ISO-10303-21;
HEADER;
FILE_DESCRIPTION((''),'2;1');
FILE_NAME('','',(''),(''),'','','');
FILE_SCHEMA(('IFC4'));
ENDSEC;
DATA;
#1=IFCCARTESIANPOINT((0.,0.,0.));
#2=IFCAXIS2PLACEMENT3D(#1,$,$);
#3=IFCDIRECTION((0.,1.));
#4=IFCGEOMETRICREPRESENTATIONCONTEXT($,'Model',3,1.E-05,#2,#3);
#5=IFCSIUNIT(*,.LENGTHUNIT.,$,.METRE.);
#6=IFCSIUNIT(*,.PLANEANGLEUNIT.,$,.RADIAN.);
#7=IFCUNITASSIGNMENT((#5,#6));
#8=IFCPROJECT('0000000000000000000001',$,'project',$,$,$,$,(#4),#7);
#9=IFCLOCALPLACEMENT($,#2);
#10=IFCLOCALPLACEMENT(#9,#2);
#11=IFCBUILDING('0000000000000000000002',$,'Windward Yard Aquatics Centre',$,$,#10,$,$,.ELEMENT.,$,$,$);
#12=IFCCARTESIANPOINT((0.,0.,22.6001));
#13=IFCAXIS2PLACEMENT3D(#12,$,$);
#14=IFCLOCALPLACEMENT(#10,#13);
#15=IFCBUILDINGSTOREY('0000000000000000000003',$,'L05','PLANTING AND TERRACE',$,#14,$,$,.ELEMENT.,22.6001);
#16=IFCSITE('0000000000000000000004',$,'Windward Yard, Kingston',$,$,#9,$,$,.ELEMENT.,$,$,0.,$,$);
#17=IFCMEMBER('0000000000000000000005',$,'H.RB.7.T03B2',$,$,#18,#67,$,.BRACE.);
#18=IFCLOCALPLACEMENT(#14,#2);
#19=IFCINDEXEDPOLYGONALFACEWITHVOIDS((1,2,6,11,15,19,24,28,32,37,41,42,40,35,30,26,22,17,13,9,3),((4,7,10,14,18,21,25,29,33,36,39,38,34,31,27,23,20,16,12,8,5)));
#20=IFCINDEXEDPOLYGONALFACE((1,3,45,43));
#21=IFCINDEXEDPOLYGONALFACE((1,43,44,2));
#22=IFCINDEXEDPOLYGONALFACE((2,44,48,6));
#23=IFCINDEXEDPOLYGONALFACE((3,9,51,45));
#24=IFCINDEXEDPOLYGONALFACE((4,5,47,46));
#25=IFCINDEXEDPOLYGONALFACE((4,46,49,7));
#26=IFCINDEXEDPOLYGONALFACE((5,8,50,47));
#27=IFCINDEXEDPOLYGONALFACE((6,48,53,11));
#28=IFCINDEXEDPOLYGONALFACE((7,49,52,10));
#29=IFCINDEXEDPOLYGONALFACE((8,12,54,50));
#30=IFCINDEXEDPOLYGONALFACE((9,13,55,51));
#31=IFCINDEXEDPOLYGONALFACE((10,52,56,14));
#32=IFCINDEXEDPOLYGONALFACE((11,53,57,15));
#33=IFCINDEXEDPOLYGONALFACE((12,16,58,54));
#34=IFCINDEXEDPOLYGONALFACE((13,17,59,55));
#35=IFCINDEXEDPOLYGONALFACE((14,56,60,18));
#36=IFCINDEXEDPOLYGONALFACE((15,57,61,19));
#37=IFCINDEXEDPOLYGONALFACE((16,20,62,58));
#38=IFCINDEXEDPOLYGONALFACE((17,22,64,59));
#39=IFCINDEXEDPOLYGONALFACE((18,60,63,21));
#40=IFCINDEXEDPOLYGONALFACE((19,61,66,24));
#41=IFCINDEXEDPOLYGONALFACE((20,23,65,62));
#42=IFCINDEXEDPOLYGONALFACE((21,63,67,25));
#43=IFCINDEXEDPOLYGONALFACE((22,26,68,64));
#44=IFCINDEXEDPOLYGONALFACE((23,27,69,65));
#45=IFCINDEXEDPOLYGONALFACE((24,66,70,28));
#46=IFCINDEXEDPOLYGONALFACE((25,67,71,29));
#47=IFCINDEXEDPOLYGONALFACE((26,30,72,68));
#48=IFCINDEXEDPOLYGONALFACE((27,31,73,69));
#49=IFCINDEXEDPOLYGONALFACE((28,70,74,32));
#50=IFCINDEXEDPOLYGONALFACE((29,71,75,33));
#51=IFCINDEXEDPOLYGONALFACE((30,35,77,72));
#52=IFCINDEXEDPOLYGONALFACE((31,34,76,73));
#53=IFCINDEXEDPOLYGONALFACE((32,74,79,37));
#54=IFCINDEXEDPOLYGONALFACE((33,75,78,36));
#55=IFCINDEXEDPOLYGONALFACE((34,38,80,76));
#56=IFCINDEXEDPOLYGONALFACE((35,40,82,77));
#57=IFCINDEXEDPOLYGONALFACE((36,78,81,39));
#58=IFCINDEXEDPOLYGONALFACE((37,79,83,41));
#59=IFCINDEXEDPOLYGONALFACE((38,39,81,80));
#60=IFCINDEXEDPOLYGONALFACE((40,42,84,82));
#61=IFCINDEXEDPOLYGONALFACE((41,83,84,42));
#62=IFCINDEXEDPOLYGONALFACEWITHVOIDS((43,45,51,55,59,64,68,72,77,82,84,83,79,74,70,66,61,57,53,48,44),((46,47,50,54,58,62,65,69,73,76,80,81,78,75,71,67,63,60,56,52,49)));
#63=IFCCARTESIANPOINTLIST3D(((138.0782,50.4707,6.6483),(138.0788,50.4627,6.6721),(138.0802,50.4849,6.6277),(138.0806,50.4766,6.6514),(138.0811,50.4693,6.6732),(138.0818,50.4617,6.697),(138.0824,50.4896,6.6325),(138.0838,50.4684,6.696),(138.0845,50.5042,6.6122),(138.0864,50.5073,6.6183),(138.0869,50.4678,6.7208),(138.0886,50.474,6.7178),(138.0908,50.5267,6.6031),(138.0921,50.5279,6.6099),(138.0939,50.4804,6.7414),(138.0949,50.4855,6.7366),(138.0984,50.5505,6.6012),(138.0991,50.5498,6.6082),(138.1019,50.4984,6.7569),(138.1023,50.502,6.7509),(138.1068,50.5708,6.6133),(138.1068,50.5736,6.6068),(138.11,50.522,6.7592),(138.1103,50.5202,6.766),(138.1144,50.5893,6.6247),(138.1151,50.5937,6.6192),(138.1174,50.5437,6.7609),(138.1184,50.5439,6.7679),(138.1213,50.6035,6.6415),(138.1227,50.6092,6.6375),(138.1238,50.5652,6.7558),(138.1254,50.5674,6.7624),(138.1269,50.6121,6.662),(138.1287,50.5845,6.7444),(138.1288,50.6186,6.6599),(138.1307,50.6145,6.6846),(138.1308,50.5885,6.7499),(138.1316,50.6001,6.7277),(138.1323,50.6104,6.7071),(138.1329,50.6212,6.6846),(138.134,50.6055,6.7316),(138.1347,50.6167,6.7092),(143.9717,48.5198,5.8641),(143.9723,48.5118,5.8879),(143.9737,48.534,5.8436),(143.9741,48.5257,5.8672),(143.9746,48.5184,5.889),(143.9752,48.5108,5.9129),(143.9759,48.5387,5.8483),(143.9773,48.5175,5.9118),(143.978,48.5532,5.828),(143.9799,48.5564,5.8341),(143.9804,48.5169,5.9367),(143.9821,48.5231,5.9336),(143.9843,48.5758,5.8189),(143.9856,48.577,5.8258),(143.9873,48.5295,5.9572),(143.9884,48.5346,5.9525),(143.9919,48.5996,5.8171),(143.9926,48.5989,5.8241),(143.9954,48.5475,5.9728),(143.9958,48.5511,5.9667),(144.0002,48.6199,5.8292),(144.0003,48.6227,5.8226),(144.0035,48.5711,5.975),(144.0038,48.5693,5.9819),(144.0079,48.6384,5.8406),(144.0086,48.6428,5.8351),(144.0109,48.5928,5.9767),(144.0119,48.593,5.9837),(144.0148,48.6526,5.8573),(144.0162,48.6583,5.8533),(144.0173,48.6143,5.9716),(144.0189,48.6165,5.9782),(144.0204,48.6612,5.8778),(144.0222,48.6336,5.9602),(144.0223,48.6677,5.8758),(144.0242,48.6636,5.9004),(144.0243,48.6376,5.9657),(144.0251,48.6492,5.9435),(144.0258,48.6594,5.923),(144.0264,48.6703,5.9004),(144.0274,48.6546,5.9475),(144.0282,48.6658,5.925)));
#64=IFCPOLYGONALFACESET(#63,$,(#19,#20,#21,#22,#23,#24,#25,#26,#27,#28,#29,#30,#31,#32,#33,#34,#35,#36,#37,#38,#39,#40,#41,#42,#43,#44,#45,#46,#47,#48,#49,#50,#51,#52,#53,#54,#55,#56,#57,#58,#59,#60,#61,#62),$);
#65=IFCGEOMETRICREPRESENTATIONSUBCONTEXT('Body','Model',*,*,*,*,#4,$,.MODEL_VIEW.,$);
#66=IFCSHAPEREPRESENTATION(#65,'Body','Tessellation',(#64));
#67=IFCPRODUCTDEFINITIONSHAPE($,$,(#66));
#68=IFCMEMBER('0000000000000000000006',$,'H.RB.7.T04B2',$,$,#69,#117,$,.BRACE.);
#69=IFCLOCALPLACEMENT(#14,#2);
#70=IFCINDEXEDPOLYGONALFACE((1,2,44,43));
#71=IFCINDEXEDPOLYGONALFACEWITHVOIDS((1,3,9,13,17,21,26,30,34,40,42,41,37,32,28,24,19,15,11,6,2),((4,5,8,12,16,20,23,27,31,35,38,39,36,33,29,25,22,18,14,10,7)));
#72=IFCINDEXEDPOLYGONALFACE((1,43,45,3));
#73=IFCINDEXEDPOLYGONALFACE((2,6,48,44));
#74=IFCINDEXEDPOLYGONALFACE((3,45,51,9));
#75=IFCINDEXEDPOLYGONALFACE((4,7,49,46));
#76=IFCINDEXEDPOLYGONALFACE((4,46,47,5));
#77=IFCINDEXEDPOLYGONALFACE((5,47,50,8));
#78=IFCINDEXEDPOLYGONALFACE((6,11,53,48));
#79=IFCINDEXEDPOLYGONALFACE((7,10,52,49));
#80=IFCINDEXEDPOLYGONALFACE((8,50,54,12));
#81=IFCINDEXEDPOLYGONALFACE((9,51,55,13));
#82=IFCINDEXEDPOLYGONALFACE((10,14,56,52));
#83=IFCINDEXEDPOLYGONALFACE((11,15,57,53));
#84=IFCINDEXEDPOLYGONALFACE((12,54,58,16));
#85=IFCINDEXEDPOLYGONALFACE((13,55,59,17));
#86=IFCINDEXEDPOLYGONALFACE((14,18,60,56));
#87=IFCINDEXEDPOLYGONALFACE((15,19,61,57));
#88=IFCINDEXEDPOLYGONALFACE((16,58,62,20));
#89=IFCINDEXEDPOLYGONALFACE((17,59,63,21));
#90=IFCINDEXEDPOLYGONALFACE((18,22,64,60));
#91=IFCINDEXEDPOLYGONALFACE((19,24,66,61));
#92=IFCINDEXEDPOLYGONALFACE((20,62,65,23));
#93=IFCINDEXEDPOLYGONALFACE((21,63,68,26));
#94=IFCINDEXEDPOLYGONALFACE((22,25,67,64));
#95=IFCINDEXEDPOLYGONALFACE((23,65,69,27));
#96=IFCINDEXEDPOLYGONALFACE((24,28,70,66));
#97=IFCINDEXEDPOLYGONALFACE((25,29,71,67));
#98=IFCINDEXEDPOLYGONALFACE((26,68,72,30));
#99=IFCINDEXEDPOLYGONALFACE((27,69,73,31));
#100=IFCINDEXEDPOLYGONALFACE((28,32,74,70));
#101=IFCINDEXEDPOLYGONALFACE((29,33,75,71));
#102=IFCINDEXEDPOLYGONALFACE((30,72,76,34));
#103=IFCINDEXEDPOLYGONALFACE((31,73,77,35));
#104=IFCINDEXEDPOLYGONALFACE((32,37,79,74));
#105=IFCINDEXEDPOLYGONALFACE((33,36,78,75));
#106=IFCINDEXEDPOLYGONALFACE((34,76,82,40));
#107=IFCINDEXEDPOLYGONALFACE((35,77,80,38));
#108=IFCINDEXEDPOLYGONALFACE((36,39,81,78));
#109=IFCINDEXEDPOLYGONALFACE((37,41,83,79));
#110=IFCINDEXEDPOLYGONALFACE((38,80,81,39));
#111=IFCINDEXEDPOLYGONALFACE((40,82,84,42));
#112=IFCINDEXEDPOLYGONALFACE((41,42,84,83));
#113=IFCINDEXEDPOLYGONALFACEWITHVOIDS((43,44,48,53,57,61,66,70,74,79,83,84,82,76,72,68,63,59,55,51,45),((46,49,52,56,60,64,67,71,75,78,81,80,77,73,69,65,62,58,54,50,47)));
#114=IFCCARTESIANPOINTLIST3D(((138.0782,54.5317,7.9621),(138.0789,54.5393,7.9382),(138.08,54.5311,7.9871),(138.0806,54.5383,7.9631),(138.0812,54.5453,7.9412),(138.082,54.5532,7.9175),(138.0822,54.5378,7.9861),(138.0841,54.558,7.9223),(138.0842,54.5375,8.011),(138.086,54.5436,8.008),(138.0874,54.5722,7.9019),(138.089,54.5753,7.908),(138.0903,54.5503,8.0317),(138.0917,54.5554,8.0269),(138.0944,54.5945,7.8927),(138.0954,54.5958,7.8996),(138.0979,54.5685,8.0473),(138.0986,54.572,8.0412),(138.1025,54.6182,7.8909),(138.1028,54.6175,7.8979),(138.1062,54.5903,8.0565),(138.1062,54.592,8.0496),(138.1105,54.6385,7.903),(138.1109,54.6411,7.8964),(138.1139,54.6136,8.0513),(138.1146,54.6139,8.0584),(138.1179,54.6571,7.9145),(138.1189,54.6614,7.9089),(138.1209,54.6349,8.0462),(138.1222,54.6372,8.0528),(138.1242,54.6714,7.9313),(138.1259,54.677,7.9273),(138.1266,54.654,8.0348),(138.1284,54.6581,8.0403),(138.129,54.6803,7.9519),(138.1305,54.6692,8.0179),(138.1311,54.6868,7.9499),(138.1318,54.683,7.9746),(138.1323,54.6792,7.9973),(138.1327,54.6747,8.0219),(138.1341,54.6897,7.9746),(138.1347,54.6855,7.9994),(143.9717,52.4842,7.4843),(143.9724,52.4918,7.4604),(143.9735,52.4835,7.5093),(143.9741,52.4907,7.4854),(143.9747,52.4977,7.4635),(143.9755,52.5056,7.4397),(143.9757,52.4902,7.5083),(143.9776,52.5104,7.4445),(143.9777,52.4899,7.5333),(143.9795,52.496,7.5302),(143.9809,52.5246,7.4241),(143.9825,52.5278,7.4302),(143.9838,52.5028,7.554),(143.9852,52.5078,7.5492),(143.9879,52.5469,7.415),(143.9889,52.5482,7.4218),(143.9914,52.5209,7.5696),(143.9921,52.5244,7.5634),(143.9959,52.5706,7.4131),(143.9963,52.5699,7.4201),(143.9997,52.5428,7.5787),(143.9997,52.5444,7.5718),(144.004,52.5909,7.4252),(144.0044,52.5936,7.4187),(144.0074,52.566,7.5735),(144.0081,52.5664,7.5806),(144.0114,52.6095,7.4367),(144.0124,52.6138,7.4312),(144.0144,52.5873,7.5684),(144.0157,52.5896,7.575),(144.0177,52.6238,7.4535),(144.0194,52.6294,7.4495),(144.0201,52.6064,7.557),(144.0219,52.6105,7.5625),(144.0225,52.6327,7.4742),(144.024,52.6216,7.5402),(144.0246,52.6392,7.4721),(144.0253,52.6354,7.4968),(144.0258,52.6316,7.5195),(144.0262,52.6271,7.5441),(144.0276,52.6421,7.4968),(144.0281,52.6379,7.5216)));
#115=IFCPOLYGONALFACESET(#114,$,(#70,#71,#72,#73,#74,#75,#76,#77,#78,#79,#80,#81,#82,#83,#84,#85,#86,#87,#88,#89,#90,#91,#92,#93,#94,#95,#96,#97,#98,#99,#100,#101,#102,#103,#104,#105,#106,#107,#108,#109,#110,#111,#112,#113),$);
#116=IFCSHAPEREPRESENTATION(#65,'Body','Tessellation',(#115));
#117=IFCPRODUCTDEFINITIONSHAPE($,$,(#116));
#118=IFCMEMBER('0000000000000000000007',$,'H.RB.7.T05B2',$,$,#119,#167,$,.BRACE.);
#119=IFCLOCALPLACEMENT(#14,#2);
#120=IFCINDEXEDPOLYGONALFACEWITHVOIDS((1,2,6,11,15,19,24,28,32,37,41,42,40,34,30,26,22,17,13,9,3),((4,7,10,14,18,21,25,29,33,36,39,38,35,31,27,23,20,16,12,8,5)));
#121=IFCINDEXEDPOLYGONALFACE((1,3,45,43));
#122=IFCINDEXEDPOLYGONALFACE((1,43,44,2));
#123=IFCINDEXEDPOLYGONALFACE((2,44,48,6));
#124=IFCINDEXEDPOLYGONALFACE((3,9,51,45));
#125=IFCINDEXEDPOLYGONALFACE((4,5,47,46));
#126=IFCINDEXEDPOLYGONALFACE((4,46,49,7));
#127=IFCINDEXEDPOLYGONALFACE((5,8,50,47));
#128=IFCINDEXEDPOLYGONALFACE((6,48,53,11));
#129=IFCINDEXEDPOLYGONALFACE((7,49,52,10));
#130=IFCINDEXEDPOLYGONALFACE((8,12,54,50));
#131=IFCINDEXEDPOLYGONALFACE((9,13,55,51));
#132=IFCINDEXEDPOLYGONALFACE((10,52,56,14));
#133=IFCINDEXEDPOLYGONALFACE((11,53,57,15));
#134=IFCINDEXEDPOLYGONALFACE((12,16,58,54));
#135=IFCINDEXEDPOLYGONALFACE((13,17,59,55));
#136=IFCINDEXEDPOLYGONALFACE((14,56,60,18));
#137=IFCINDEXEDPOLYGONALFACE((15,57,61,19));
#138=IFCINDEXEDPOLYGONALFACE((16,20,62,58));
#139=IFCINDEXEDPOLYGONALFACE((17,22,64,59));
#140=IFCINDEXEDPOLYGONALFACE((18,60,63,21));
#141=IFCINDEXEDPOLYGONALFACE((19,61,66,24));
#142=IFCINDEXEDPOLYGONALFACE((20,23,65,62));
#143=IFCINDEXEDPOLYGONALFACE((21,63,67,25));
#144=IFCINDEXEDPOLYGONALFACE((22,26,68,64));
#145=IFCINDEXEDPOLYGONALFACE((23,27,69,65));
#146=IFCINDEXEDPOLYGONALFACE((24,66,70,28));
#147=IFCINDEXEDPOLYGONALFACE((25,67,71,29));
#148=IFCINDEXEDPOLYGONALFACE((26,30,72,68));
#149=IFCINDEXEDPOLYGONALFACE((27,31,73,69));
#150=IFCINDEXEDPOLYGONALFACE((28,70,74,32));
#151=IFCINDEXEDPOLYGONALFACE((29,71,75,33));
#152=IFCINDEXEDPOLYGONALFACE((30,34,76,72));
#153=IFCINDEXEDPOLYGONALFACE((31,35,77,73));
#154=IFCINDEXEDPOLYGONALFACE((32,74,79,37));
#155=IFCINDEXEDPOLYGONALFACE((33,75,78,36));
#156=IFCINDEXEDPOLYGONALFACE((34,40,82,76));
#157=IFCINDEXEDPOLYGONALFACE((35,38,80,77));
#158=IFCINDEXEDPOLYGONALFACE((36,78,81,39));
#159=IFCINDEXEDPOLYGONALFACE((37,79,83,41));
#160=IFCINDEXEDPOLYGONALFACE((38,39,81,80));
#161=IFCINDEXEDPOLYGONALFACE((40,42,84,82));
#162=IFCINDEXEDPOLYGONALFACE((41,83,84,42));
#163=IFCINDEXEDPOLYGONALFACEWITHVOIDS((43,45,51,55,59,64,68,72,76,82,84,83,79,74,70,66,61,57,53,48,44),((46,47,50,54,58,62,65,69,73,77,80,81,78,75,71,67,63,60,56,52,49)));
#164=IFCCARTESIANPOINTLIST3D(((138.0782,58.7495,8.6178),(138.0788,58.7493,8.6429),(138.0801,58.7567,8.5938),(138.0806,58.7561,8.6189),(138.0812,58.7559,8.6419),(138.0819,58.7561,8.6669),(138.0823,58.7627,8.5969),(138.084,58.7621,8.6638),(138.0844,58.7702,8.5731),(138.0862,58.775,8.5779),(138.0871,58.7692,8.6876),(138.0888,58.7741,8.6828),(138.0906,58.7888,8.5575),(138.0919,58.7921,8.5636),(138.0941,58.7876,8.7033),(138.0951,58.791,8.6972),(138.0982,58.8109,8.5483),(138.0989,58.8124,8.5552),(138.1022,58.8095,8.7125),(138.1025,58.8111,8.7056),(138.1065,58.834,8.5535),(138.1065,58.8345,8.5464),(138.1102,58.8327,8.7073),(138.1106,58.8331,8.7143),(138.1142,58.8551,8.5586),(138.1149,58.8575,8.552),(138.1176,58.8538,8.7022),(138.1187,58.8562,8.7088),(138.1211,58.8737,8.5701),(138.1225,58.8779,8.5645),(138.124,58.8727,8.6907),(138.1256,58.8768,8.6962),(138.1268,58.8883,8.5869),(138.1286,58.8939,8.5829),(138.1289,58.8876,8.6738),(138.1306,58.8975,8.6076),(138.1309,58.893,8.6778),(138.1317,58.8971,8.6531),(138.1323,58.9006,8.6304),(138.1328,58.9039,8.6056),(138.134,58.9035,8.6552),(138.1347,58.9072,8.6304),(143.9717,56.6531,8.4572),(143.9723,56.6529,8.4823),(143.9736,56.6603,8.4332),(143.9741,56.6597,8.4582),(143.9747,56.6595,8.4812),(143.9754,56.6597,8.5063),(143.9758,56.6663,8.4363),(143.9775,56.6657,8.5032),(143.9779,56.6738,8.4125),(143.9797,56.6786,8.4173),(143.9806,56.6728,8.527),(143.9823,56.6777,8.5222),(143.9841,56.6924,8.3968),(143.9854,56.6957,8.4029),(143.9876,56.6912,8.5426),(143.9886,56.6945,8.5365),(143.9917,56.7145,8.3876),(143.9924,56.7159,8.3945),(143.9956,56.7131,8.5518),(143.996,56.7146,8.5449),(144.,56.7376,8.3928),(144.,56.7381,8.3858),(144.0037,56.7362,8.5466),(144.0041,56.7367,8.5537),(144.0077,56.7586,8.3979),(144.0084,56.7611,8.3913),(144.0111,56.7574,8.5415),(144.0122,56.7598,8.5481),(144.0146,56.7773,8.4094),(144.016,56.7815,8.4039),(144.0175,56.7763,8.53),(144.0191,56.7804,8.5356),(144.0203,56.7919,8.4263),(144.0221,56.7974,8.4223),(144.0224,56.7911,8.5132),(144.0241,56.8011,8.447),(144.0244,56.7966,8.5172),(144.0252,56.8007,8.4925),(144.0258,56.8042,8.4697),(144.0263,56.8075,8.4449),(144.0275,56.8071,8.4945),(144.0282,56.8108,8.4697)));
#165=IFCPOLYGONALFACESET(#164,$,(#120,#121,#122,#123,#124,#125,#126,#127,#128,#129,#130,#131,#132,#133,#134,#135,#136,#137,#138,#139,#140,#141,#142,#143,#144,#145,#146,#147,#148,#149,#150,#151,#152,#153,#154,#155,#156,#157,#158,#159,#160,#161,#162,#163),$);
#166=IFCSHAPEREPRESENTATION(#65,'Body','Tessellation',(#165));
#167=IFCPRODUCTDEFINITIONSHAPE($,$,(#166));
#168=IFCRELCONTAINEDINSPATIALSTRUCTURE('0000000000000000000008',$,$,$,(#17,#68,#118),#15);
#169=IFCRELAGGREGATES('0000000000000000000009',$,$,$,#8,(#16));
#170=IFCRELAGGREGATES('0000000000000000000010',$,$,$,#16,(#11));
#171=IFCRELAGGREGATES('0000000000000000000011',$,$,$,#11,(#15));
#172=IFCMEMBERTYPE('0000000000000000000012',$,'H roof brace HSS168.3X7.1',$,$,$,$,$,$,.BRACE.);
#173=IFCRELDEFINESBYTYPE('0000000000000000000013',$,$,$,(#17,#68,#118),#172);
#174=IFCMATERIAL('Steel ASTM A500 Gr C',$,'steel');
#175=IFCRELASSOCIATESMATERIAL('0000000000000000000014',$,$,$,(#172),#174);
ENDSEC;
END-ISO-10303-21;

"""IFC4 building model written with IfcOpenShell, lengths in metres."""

from ifc_helpers import new_model, si_unit, direction, frame, origin, origin_2d, place, context, subcontext, project, spatial, hollow_circle, extrude, material, material_profile, profile_set, type_object, element, save


model = new_model("IFC4")

# Units and contexts
model_context = context("Model", 3, precision=1e-05, world=origin(), true_north=direction((0.0, 1.0)))
body_context = subcontext(model_context, "Body", "Model", "MODEL_VIEW")
ifc_project = project(units=[si_unit("LENGTHUNIT", "METRE"), si_unit("PLANEANGLEUNIT", "RADIAN")], contexts=[model_context])

# Site, building, storey
site_placement = place(None, origin())
site = spatial("IfcSite", under=ifc_project, at=site_placement, Name="Windward Yard, Kingston", CompositionType="ELEMENT", RefElevation=0.0)
building_placement = place(site_placement, origin())
building = spatial("IfcBuilding", under=site, at=building_placement, Name="Windward Yard Aquatics Centre", CompositionType="ELEMENT")
storey_placement = place(building_placement, frame((0.0, 0.0, 22.6001)))
storey = spatial("IfcBuildingStorey", under=building, at=storey_placement, Name="L05", Description="PLANTING AND TERRACE", CompositionType="ELEMENT", Elevation=22.6001)

# Members
ifc_material_1 = material(Name="Steel ASTM A500 Gr C", Category="steel")
ifc_material_profile = material_profile(ifc_material_1, hollow_circle(Radius=0.0842, WallThickness=0.0071, at=origin_2d()), Name="HSS168.3X7.1")
ifc_profile_set = profile_set([ifc_material_profile], Name="Steel ASTM A500 Gr C")
member_type = type_object("IfcMemberType", Name="H roof brace HSS168.3X7.1", PredefinedType="BRACE", material=ifc_profile_set)
for number, where, z_axis, x_axis, name in (
    (1, (138.1064, 50.5413, 6.6846), (0.941854, -0.311779, -0.12532), (0.314257, 0.949338, 0.0), "H.RB.7.T03B2"),
    (2, (138.1064, 54.6101, 7.9746), (0.941855, -0.32723, -0.076355), (0.328188, 0.944612, 0.0), "H.RB.7.T04B2"),
    (3, (138.1064, 58.8279, 8.6304), (0.941856, -0.335034, -0.025673), (0.335144, 0.942167, 0.0), "H.RB.7.T05B2"),
):
    element("IfcMember", number, at=place(storey_placement, frame(where, z_axis=z_axis, x_axis=x_axis)), inside=storey, type_object=member_type, Name=name, PredefinedType="BRACE", context=body_context, shape_type="SweptSolid", body=[
        extrude(hollow_circle(Radius=0.0842, WallThickness=0.0071, at=origin_2d()), origin(), (0.0, 0.0, 1.0), 6.2573),
    ])

save(model, "model.ifc")
